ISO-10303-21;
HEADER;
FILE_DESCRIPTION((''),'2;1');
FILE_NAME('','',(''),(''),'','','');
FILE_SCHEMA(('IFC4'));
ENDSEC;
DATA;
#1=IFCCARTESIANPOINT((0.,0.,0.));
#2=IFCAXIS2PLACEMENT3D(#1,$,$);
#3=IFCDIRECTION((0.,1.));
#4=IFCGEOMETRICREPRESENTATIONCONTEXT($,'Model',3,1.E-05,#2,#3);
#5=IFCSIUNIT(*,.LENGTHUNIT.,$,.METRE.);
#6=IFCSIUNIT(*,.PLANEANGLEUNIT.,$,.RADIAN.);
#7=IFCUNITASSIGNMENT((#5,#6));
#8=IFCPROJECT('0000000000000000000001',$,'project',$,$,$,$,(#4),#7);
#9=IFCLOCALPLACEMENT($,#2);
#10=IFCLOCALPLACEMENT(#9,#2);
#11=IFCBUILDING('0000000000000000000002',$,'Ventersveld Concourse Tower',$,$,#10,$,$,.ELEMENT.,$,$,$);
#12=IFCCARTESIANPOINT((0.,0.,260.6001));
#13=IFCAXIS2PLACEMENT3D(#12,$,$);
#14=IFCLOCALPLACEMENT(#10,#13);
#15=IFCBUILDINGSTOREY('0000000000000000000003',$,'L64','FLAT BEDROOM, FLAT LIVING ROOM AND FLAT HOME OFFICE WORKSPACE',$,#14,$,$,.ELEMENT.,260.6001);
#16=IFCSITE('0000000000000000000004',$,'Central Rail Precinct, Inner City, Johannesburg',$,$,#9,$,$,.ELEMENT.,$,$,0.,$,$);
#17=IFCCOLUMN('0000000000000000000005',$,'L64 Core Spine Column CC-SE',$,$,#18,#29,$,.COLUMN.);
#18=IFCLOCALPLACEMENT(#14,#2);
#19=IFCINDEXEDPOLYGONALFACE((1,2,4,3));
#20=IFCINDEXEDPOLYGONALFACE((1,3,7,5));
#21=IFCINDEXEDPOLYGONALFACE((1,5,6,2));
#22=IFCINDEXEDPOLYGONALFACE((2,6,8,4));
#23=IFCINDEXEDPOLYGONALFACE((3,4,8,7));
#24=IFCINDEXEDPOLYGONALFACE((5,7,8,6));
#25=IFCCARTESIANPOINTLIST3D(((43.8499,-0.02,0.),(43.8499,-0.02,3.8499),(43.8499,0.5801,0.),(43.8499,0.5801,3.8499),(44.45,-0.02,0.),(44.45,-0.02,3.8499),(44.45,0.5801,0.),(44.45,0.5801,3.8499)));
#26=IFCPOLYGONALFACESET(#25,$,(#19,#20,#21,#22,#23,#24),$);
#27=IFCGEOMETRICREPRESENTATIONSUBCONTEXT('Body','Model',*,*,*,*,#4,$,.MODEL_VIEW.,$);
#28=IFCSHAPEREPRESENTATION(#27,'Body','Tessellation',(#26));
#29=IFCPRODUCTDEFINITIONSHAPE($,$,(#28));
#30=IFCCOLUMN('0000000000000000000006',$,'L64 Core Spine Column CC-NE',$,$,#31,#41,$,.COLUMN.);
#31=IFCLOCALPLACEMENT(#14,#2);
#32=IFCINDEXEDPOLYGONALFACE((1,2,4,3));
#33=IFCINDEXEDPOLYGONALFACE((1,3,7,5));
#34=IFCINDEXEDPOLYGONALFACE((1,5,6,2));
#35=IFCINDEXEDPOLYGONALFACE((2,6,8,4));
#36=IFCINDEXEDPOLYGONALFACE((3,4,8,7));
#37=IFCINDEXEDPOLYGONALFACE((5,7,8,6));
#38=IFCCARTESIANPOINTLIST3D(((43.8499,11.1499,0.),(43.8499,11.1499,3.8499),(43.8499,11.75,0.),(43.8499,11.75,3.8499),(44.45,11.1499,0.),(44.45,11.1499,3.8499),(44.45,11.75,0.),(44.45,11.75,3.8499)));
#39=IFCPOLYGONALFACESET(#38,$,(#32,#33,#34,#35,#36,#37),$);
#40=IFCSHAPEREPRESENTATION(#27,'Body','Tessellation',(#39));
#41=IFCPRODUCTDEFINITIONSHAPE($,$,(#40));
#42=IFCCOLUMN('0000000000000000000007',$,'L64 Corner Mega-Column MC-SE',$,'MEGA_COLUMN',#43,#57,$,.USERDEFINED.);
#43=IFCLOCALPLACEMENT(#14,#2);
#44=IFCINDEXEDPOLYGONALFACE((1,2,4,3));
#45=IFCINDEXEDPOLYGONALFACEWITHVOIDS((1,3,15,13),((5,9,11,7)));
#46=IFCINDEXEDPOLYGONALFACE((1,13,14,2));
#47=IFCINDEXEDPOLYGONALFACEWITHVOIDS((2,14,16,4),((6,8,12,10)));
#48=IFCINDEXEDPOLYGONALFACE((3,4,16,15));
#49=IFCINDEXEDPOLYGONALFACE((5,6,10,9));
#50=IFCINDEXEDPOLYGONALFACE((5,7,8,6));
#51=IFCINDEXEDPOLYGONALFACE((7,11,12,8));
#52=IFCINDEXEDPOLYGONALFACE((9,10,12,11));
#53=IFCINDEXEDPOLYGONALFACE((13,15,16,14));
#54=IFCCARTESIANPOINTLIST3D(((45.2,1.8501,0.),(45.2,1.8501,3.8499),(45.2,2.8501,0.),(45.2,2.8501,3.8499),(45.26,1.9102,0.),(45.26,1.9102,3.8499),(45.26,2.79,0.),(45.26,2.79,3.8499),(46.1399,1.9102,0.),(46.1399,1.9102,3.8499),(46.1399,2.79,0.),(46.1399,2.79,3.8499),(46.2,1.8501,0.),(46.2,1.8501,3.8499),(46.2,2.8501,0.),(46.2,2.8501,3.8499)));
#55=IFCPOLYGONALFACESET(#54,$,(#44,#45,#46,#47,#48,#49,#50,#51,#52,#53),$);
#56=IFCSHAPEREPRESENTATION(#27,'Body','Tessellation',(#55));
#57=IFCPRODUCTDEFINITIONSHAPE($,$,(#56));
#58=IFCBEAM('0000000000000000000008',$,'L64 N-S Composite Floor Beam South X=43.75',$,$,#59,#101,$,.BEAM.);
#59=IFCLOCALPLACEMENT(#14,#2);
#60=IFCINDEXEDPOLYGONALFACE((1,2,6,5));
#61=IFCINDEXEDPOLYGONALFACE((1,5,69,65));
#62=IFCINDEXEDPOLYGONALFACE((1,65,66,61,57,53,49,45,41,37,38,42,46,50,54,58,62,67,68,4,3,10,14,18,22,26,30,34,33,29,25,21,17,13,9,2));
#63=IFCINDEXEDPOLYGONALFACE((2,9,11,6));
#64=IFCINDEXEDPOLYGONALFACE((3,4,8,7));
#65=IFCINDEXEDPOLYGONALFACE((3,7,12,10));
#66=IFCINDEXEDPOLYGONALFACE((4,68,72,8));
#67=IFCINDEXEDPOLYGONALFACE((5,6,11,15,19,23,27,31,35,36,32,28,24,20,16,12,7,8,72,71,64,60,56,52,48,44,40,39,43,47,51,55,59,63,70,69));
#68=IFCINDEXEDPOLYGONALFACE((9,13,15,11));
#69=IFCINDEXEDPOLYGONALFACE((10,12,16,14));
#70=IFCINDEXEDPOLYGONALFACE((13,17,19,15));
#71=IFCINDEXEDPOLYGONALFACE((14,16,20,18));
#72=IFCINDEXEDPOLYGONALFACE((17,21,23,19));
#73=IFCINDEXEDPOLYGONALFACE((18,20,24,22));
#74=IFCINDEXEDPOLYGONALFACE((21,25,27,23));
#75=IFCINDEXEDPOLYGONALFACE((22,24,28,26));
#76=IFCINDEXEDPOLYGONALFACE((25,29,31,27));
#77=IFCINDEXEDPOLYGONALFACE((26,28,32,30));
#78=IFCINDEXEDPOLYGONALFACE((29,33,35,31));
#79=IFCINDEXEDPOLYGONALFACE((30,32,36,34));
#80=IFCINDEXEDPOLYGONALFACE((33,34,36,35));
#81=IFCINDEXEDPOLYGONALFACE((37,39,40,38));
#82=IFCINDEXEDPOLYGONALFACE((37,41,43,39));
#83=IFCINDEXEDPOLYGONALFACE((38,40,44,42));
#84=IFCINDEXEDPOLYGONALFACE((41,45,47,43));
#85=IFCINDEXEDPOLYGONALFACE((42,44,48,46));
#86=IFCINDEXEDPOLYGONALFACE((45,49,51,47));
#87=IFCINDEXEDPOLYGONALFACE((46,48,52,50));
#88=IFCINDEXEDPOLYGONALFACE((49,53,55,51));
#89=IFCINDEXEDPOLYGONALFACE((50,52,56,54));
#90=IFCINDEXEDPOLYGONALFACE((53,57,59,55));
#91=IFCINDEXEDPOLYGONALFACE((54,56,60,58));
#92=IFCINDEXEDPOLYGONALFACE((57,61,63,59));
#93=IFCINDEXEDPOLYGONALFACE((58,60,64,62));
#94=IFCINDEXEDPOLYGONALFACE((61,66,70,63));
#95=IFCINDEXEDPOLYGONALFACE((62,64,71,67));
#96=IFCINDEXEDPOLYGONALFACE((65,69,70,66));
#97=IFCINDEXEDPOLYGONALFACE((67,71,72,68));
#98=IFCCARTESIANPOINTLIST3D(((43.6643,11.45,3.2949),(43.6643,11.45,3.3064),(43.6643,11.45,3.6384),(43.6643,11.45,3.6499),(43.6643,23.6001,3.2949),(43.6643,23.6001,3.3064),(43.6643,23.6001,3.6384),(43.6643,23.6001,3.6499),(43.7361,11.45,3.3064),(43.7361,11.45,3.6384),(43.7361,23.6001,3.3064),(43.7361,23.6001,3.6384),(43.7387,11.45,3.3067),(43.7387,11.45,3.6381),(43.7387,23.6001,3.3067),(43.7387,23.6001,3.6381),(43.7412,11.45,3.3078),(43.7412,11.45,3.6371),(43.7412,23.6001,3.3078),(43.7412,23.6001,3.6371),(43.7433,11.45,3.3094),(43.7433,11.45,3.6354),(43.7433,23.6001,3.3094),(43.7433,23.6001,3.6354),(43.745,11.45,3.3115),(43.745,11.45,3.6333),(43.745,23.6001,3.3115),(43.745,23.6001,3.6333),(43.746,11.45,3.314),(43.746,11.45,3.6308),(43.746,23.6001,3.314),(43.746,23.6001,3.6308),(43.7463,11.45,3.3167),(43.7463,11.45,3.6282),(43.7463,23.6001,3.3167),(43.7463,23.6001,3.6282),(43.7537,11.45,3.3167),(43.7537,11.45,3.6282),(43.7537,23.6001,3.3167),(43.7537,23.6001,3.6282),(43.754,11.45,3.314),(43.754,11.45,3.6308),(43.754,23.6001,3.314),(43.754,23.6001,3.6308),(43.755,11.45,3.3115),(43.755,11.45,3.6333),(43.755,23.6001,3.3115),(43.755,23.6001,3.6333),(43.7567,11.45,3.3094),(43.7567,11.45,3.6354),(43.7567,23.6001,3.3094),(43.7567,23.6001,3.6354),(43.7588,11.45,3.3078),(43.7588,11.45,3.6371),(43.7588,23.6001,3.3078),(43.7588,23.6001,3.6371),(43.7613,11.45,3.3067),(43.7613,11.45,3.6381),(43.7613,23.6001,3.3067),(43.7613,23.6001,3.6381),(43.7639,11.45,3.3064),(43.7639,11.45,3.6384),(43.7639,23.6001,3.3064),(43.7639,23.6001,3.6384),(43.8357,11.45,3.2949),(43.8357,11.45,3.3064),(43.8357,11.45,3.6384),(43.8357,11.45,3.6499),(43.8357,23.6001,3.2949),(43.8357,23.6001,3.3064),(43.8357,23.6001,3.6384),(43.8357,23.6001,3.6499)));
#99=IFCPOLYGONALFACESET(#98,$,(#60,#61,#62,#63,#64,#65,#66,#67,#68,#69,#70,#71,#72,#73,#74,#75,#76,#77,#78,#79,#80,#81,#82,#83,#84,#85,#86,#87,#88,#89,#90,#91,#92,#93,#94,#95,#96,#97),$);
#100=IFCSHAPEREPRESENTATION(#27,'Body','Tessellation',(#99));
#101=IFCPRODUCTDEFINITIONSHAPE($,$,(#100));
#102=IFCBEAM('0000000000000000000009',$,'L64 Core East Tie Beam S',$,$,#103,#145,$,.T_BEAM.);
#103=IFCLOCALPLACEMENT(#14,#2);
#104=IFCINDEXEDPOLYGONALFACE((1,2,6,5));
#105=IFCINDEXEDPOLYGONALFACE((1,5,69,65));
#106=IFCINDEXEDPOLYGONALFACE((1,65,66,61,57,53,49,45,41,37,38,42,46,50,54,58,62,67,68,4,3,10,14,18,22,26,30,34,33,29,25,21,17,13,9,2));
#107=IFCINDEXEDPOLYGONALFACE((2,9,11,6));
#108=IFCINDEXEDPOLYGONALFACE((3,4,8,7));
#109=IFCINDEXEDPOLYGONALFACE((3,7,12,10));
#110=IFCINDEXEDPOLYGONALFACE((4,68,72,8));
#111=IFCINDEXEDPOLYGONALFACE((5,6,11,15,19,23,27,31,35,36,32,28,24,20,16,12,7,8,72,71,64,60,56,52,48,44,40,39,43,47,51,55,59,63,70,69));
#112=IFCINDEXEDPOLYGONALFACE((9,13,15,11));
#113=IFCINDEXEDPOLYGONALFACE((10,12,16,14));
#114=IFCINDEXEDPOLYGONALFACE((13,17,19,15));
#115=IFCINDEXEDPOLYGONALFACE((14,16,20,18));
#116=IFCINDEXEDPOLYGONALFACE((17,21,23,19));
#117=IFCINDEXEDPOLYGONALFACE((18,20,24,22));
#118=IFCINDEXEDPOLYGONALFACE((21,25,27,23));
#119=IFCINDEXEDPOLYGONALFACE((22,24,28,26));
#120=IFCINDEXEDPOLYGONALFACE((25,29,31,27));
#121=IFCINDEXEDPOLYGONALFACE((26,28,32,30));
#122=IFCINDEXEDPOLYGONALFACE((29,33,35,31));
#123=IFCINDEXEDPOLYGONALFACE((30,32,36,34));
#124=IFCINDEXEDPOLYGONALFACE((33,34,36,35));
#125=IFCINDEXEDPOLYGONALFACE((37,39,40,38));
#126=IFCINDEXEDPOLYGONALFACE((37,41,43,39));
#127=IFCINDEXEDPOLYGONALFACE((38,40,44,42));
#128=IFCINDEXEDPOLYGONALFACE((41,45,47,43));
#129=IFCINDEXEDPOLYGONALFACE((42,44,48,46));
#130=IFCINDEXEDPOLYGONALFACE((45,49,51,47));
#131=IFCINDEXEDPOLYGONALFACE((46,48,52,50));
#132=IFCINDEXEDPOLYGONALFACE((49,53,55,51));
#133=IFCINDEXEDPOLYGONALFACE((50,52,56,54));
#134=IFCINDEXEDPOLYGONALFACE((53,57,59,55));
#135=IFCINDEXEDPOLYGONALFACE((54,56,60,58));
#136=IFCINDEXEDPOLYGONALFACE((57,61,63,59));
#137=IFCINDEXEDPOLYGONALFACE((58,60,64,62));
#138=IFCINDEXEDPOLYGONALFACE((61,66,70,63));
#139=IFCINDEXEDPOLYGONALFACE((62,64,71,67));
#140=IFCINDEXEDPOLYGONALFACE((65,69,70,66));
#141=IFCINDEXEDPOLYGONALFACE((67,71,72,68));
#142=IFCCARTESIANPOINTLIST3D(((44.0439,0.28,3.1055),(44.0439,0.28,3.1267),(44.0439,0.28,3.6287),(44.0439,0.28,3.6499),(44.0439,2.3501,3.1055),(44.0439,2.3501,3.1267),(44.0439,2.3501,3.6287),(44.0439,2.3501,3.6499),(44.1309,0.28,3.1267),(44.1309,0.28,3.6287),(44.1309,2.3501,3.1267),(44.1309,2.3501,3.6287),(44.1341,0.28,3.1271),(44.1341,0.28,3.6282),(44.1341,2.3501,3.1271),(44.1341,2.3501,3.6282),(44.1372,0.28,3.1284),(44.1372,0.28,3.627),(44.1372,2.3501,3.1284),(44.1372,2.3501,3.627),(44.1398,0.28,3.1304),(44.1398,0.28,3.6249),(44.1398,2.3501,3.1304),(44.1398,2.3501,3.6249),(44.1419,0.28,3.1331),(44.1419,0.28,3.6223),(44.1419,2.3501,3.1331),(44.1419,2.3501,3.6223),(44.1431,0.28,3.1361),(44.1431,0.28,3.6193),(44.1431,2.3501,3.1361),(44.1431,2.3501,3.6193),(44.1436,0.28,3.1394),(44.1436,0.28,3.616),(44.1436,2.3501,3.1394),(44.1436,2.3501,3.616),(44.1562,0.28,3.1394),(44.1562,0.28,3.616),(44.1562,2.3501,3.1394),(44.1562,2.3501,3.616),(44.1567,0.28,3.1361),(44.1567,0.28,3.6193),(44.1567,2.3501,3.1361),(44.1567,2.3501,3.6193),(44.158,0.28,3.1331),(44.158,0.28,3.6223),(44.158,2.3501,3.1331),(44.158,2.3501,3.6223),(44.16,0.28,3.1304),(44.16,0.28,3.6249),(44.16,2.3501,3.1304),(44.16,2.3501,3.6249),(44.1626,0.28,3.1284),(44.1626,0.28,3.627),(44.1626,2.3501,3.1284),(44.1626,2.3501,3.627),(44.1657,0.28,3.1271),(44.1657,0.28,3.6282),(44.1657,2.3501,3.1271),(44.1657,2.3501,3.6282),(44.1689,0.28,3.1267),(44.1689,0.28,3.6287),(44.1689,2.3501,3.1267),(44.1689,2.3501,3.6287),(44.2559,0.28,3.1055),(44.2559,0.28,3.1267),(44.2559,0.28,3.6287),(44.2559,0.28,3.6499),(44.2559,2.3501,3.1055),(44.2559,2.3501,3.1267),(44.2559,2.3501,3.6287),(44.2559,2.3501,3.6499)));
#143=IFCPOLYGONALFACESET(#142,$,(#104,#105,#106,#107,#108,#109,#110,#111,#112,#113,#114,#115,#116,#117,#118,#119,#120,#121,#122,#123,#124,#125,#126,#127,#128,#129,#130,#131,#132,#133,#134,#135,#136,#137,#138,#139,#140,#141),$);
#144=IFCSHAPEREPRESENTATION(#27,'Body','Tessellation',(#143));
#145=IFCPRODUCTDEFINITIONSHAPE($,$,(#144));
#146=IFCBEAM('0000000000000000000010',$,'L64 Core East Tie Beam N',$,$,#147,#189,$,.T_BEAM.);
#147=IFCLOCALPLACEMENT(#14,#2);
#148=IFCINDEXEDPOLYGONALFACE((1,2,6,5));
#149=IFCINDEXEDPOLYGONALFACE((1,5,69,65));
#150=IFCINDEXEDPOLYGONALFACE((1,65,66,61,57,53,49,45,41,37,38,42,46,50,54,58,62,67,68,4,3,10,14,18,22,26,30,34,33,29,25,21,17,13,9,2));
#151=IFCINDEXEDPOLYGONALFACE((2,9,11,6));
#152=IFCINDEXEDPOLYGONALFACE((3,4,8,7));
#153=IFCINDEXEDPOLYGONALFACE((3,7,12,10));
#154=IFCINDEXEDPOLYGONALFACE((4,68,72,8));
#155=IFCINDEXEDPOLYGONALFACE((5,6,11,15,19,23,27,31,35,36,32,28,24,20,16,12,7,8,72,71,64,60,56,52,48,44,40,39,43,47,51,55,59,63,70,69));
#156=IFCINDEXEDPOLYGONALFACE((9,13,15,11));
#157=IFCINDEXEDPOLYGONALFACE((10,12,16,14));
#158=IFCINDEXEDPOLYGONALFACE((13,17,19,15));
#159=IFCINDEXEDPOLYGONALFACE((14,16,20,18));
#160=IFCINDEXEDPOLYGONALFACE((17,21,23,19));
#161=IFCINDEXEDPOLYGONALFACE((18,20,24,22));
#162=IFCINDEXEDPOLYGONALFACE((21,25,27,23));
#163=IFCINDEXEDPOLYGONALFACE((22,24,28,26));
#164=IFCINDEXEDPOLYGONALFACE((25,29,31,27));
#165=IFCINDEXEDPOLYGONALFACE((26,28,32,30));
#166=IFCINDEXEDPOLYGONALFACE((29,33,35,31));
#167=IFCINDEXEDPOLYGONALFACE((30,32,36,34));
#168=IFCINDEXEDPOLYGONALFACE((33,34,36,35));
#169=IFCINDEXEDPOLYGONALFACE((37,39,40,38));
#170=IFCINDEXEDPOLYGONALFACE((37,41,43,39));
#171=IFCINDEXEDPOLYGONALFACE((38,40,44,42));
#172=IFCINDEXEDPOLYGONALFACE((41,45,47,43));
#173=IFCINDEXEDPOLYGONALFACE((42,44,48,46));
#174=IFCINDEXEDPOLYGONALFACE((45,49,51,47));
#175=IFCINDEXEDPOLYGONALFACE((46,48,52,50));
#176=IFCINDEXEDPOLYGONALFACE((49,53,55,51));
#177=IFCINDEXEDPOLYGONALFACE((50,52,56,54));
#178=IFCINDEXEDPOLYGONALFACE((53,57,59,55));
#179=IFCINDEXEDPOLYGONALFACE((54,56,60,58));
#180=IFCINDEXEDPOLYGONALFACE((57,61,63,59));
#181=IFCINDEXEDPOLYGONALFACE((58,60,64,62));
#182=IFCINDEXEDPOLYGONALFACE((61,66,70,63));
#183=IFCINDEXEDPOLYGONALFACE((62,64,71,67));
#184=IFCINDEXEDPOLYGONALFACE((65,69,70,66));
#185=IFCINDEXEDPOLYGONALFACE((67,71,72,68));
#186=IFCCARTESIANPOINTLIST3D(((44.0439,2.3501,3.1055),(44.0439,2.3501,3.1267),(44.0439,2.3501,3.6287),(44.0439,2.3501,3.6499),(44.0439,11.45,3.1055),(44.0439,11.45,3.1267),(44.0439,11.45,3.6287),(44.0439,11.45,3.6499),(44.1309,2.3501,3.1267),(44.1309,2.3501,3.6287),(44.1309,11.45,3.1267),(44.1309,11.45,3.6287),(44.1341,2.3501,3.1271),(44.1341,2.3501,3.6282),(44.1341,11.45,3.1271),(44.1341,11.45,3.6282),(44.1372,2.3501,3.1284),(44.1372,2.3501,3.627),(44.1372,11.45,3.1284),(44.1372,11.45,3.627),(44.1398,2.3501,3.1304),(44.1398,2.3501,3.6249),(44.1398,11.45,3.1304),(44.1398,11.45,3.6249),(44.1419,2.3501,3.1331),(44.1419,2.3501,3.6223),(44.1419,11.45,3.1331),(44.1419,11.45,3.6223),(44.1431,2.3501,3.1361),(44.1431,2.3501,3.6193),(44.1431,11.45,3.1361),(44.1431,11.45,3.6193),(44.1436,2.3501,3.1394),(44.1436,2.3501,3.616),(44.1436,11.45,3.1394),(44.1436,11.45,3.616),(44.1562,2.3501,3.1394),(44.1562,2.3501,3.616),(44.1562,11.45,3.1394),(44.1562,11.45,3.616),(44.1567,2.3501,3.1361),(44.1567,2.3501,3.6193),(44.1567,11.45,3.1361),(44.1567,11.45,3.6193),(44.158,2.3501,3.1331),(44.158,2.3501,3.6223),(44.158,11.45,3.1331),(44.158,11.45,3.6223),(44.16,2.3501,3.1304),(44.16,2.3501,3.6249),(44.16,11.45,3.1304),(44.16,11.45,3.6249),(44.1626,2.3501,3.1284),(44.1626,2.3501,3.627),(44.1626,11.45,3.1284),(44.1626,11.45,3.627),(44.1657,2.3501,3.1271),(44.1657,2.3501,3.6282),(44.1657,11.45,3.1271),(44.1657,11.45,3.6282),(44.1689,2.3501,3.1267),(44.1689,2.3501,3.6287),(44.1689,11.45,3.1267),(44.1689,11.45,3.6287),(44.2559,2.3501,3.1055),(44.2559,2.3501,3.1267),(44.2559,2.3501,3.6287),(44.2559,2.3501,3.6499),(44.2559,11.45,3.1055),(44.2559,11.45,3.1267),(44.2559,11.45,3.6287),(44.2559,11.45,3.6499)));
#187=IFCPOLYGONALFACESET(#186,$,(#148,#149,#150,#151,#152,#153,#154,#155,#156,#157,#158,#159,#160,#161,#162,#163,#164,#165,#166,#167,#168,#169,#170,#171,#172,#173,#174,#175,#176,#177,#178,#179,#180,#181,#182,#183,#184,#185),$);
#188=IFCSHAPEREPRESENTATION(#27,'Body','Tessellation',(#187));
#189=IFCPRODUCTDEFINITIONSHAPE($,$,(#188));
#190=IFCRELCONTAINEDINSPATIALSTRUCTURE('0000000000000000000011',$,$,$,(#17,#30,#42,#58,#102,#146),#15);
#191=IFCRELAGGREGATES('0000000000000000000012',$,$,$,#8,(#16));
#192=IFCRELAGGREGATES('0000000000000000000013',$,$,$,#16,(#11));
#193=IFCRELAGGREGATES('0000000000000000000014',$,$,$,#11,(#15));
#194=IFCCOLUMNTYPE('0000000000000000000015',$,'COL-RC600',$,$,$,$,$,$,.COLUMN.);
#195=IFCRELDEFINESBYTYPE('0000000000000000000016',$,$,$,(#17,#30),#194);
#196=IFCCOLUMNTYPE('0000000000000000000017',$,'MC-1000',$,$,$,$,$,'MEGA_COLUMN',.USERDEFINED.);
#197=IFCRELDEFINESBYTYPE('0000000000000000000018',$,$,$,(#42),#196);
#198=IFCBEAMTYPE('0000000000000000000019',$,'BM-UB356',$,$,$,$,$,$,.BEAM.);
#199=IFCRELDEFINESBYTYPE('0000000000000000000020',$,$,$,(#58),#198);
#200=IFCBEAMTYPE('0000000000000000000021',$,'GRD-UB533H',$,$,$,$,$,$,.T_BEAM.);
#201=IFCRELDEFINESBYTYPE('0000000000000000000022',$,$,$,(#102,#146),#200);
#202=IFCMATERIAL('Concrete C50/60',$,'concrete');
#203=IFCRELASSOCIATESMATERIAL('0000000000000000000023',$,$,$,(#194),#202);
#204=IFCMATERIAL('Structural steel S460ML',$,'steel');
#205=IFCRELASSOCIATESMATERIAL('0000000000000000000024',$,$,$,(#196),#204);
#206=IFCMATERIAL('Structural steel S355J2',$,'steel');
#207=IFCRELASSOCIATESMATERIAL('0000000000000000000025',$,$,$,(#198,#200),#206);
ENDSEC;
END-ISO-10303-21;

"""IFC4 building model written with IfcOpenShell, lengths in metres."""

from ifc_helpers import new_model, si_unit, direction, frame, origin, origin_2d, place, context, subcontext, project, spatial, rectangle, hollow_rectangle, i_section, extrude, material, material_profile, profile_set, type_object, element, save


model = new_model("IFC4")

# Units and contexts
model_context = context("Model", 3, precision=1e-05, world=origin(), true_north=direction((0.0, 1.0)))
body_context = subcontext(model_context, "Body", "Model", "MODEL_VIEW")
ifc_project = project(units=[si_unit("LENGTHUNIT", "METRE"), si_unit("PLANEANGLEUNIT", "RADIAN")], contexts=[model_context])

# Site, building, storey
site_placement = place(None, origin())
site = spatial("IfcSite", under=ifc_project, at=site_placement, Name="Central Rail Precinct, Inner City, Johannesburg", CompositionType="ELEMENT", RefElevation=0.0)
building_placement = place(site_placement, origin())
building = spatial("IfcBuilding", under=site, at=building_placement, Name="Ventersveld Concourse Tower", CompositionType="ELEMENT")
storey_placement = place(building_placement, frame((0.0, 0.0, 260.6001)))
storey = spatial("IfcBuildingStorey", under=building, at=storey_placement, Name="L64", Description="FLAT BEDROOM, FLAT LIVING ROOM AND FLAT HOME OFFICE WORKSPACE", CompositionType="ELEMENT", Elevation=260.6001)

# Columns
ifc_material_1 = material(Name="Concrete C50/60", Category="concrete")
ifc_material_profile_1 = material_profile(ifc_material_1, rectangle(XDim=0.6001, YDim=0.6001, at=origin_2d()), Name="RC 600x600")
ifc_profile_set_1 = profile_set([ifc_material_profile_1], Name="Concrete C50/60")
column_type_1 = type_object("IfcColumnType", Name="COL-RC600", PredefinedType="COLUMN", material=ifc_profile_set_1)
for number, where, z_axis, x_axis, name in (
    (1, (44.1499, 0.28, 0.0), (0.0, 0.0, 1.0), (1.0, 0.0, 0.0), "L64 Core Spine Column CC-SE"),
    (2, (44.1499, 11.45, 0.0), (0.0, 0.0, 1.0), (1.0, 0.0, 0.0), "L64 Core Spine Column CC-NE"),
):
    element("IfcColumn", number, at=place(storey_placement, frame(where, z_axis=z_axis, x_axis=x_axis)), inside=storey, type_object=column_type_1, Name=name, PredefinedType="COLUMN", context=body_context, shape_type="SweptSolid", body=[
        extrude(rectangle(XDim=0.6001, YDim=0.6001, at=origin_2d()), origin(), (0.0, 0.0, 1.0), 3.8499),
    ])
ifc_material_2 = material(Name="Structural steel S460ML", Category="steel")
ifc_material_profile_2 = material_profile(ifc_material_2, hollow_rectangle(XDim=1.0, YDim=1.0, WallThickness=0.0601, at=origin_2d()), Name="BOX 1000x1000x60")
ifc_profile_set_2 = profile_set([ifc_material_profile_2], Name="Structural steel S460ML")
column_type_2 = type_object("IfcColumnType", Name="MC-1000", ElementType="MEGA_COLUMN", PredefinedType="USERDEFINED", material=ifc_profile_set_2)
column_placement = place(storey_placement, frame((45.7, 2.3501, 0.0), z_axis=(0.0, 0.0, 1.0), x_axis=(1.0, 0.0, 0.0)))
element("IfcColumn", 3, at=column_placement, inside=storey, type_object=column_type_2, Name="L64 Corner Mega-Column MC-SE", ObjectType="MEGA_COLUMN", PredefinedType="USERDEFINED", context=body_context, shape_type="SweptSolid", body=[
    extrude(hollow_rectangle(XDim=1.0, YDim=1.0, WallThickness=0.0601, at=origin_2d()), origin(), (0.0, 0.0, 1.0), 3.8499),
])

# Beams
ifc_material_3 = material(Name="Structural steel S355J2", Category="steel")
ifc_material_profile_3 = material_profile(ifc_material_3, i_section(OverallWidth=0.1714, OverallDepth=0.355, WebThickness=0.0073, FlangeThickness=0.0115, FilletRadius=0.0103, at=origin_2d()), Name="UB 356x171x51")
ifc_profile_set_3 = profile_set([ifc_material_profile_3], Name="Structural steel S355J2")
beam_type_1 = type_object("IfcBeamType", Name="BM-UB356", PredefinedType="BEAM", material=ifc_profile_set_3)
beam_1_placement = place(storey_placement, frame((43.75, 11.45, 3.4724), z_axis=(0.0, 1.0, 0.0), x_axis=(-1.0, 0.0, 0.0)))
element("IfcBeam", 4, at=beam_1_placement, inside=storey, type_object=beam_type_1, Name="L64 N-S Composite Floor Beam South X=43.75", PredefinedType="BEAM", context=body_context, shape_type="SweptSolid", body=[
    extrude(i_section(OverallWidth=0.1714, OverallDepth=0.355, WebThickness=0.0073, FlangeThickness=0.0115, FilletRadius=0.0103, at=origin_2d()), origin(), (0.0, 0.0, 1.0), 12.1501),
])
ifc_material_profile_4 = material_profile(ifc_material_3, i_section(OverallWidth=0.2119, OverallDepth=0.5444, WebThickness=0.0127, FlangeThickness=0.0212, FilletRadius=0.0127, at=origin_2d()), Name="UB 533x210x122")
ifc_profile_set_4 = profile_set([ifc_material_profile_4], Name="Structural steel S355J2")
beam_type_2 = type_object("IfcBeamType", Name="GRD-UB533H", PredefinedType="T_BEAM", material=ifc_profile_set_4)
beam_2_placement = place(storey_placement, frame((44.1499, 0.28, 3.3777), z_axis=(0.0, 1.0, 0.0), x_axis=(-1.0, 0.0, 0.0)))
element("IfcBeam", 5, at=beam_2_placement, inside=storey, type_object=beam_type_2, Name="L64 Core East Tie Beam S", PredefinedType="T_BEAM", context=body_context, shape_type="SweptSolid", body=[
    extrude(i_section(OverallWidth=0.2119, OverallDepth=0.5444, WebThickness=0.0127, FlangeThickness=0.0212, FilletRadius=0.0127, at=origin_2d()), origin(), (0.0, 0.0, 1.0), 2.0701),
])
beam_3_placement = place(storey_placement, frame((44.1499, 2.3501, 3.3777), z_axis=(0.0, 1.0, 0.0), x_axis=(-1.0, 0.0, 0.0)))
element("IfcBeam", 6, at=beam_3_placement, inside=storey, type_object=beam_type_2, Name="L64 Core East Tie Beam N", PredefinedType="T_BEAM", context=body_context, shape_type="SweptSolid", body=[
    extrude(i_section(OverallWidth=0.2119, OverallDepth=0.5444, WebThickness=0.0127, FlangeThickness=0.0212, FilletRadius=0.0127, at=origin_2d()), origin(), (0.0, 0.0, 1.0), 9.0999),
])

save(model, "model.ifc")
